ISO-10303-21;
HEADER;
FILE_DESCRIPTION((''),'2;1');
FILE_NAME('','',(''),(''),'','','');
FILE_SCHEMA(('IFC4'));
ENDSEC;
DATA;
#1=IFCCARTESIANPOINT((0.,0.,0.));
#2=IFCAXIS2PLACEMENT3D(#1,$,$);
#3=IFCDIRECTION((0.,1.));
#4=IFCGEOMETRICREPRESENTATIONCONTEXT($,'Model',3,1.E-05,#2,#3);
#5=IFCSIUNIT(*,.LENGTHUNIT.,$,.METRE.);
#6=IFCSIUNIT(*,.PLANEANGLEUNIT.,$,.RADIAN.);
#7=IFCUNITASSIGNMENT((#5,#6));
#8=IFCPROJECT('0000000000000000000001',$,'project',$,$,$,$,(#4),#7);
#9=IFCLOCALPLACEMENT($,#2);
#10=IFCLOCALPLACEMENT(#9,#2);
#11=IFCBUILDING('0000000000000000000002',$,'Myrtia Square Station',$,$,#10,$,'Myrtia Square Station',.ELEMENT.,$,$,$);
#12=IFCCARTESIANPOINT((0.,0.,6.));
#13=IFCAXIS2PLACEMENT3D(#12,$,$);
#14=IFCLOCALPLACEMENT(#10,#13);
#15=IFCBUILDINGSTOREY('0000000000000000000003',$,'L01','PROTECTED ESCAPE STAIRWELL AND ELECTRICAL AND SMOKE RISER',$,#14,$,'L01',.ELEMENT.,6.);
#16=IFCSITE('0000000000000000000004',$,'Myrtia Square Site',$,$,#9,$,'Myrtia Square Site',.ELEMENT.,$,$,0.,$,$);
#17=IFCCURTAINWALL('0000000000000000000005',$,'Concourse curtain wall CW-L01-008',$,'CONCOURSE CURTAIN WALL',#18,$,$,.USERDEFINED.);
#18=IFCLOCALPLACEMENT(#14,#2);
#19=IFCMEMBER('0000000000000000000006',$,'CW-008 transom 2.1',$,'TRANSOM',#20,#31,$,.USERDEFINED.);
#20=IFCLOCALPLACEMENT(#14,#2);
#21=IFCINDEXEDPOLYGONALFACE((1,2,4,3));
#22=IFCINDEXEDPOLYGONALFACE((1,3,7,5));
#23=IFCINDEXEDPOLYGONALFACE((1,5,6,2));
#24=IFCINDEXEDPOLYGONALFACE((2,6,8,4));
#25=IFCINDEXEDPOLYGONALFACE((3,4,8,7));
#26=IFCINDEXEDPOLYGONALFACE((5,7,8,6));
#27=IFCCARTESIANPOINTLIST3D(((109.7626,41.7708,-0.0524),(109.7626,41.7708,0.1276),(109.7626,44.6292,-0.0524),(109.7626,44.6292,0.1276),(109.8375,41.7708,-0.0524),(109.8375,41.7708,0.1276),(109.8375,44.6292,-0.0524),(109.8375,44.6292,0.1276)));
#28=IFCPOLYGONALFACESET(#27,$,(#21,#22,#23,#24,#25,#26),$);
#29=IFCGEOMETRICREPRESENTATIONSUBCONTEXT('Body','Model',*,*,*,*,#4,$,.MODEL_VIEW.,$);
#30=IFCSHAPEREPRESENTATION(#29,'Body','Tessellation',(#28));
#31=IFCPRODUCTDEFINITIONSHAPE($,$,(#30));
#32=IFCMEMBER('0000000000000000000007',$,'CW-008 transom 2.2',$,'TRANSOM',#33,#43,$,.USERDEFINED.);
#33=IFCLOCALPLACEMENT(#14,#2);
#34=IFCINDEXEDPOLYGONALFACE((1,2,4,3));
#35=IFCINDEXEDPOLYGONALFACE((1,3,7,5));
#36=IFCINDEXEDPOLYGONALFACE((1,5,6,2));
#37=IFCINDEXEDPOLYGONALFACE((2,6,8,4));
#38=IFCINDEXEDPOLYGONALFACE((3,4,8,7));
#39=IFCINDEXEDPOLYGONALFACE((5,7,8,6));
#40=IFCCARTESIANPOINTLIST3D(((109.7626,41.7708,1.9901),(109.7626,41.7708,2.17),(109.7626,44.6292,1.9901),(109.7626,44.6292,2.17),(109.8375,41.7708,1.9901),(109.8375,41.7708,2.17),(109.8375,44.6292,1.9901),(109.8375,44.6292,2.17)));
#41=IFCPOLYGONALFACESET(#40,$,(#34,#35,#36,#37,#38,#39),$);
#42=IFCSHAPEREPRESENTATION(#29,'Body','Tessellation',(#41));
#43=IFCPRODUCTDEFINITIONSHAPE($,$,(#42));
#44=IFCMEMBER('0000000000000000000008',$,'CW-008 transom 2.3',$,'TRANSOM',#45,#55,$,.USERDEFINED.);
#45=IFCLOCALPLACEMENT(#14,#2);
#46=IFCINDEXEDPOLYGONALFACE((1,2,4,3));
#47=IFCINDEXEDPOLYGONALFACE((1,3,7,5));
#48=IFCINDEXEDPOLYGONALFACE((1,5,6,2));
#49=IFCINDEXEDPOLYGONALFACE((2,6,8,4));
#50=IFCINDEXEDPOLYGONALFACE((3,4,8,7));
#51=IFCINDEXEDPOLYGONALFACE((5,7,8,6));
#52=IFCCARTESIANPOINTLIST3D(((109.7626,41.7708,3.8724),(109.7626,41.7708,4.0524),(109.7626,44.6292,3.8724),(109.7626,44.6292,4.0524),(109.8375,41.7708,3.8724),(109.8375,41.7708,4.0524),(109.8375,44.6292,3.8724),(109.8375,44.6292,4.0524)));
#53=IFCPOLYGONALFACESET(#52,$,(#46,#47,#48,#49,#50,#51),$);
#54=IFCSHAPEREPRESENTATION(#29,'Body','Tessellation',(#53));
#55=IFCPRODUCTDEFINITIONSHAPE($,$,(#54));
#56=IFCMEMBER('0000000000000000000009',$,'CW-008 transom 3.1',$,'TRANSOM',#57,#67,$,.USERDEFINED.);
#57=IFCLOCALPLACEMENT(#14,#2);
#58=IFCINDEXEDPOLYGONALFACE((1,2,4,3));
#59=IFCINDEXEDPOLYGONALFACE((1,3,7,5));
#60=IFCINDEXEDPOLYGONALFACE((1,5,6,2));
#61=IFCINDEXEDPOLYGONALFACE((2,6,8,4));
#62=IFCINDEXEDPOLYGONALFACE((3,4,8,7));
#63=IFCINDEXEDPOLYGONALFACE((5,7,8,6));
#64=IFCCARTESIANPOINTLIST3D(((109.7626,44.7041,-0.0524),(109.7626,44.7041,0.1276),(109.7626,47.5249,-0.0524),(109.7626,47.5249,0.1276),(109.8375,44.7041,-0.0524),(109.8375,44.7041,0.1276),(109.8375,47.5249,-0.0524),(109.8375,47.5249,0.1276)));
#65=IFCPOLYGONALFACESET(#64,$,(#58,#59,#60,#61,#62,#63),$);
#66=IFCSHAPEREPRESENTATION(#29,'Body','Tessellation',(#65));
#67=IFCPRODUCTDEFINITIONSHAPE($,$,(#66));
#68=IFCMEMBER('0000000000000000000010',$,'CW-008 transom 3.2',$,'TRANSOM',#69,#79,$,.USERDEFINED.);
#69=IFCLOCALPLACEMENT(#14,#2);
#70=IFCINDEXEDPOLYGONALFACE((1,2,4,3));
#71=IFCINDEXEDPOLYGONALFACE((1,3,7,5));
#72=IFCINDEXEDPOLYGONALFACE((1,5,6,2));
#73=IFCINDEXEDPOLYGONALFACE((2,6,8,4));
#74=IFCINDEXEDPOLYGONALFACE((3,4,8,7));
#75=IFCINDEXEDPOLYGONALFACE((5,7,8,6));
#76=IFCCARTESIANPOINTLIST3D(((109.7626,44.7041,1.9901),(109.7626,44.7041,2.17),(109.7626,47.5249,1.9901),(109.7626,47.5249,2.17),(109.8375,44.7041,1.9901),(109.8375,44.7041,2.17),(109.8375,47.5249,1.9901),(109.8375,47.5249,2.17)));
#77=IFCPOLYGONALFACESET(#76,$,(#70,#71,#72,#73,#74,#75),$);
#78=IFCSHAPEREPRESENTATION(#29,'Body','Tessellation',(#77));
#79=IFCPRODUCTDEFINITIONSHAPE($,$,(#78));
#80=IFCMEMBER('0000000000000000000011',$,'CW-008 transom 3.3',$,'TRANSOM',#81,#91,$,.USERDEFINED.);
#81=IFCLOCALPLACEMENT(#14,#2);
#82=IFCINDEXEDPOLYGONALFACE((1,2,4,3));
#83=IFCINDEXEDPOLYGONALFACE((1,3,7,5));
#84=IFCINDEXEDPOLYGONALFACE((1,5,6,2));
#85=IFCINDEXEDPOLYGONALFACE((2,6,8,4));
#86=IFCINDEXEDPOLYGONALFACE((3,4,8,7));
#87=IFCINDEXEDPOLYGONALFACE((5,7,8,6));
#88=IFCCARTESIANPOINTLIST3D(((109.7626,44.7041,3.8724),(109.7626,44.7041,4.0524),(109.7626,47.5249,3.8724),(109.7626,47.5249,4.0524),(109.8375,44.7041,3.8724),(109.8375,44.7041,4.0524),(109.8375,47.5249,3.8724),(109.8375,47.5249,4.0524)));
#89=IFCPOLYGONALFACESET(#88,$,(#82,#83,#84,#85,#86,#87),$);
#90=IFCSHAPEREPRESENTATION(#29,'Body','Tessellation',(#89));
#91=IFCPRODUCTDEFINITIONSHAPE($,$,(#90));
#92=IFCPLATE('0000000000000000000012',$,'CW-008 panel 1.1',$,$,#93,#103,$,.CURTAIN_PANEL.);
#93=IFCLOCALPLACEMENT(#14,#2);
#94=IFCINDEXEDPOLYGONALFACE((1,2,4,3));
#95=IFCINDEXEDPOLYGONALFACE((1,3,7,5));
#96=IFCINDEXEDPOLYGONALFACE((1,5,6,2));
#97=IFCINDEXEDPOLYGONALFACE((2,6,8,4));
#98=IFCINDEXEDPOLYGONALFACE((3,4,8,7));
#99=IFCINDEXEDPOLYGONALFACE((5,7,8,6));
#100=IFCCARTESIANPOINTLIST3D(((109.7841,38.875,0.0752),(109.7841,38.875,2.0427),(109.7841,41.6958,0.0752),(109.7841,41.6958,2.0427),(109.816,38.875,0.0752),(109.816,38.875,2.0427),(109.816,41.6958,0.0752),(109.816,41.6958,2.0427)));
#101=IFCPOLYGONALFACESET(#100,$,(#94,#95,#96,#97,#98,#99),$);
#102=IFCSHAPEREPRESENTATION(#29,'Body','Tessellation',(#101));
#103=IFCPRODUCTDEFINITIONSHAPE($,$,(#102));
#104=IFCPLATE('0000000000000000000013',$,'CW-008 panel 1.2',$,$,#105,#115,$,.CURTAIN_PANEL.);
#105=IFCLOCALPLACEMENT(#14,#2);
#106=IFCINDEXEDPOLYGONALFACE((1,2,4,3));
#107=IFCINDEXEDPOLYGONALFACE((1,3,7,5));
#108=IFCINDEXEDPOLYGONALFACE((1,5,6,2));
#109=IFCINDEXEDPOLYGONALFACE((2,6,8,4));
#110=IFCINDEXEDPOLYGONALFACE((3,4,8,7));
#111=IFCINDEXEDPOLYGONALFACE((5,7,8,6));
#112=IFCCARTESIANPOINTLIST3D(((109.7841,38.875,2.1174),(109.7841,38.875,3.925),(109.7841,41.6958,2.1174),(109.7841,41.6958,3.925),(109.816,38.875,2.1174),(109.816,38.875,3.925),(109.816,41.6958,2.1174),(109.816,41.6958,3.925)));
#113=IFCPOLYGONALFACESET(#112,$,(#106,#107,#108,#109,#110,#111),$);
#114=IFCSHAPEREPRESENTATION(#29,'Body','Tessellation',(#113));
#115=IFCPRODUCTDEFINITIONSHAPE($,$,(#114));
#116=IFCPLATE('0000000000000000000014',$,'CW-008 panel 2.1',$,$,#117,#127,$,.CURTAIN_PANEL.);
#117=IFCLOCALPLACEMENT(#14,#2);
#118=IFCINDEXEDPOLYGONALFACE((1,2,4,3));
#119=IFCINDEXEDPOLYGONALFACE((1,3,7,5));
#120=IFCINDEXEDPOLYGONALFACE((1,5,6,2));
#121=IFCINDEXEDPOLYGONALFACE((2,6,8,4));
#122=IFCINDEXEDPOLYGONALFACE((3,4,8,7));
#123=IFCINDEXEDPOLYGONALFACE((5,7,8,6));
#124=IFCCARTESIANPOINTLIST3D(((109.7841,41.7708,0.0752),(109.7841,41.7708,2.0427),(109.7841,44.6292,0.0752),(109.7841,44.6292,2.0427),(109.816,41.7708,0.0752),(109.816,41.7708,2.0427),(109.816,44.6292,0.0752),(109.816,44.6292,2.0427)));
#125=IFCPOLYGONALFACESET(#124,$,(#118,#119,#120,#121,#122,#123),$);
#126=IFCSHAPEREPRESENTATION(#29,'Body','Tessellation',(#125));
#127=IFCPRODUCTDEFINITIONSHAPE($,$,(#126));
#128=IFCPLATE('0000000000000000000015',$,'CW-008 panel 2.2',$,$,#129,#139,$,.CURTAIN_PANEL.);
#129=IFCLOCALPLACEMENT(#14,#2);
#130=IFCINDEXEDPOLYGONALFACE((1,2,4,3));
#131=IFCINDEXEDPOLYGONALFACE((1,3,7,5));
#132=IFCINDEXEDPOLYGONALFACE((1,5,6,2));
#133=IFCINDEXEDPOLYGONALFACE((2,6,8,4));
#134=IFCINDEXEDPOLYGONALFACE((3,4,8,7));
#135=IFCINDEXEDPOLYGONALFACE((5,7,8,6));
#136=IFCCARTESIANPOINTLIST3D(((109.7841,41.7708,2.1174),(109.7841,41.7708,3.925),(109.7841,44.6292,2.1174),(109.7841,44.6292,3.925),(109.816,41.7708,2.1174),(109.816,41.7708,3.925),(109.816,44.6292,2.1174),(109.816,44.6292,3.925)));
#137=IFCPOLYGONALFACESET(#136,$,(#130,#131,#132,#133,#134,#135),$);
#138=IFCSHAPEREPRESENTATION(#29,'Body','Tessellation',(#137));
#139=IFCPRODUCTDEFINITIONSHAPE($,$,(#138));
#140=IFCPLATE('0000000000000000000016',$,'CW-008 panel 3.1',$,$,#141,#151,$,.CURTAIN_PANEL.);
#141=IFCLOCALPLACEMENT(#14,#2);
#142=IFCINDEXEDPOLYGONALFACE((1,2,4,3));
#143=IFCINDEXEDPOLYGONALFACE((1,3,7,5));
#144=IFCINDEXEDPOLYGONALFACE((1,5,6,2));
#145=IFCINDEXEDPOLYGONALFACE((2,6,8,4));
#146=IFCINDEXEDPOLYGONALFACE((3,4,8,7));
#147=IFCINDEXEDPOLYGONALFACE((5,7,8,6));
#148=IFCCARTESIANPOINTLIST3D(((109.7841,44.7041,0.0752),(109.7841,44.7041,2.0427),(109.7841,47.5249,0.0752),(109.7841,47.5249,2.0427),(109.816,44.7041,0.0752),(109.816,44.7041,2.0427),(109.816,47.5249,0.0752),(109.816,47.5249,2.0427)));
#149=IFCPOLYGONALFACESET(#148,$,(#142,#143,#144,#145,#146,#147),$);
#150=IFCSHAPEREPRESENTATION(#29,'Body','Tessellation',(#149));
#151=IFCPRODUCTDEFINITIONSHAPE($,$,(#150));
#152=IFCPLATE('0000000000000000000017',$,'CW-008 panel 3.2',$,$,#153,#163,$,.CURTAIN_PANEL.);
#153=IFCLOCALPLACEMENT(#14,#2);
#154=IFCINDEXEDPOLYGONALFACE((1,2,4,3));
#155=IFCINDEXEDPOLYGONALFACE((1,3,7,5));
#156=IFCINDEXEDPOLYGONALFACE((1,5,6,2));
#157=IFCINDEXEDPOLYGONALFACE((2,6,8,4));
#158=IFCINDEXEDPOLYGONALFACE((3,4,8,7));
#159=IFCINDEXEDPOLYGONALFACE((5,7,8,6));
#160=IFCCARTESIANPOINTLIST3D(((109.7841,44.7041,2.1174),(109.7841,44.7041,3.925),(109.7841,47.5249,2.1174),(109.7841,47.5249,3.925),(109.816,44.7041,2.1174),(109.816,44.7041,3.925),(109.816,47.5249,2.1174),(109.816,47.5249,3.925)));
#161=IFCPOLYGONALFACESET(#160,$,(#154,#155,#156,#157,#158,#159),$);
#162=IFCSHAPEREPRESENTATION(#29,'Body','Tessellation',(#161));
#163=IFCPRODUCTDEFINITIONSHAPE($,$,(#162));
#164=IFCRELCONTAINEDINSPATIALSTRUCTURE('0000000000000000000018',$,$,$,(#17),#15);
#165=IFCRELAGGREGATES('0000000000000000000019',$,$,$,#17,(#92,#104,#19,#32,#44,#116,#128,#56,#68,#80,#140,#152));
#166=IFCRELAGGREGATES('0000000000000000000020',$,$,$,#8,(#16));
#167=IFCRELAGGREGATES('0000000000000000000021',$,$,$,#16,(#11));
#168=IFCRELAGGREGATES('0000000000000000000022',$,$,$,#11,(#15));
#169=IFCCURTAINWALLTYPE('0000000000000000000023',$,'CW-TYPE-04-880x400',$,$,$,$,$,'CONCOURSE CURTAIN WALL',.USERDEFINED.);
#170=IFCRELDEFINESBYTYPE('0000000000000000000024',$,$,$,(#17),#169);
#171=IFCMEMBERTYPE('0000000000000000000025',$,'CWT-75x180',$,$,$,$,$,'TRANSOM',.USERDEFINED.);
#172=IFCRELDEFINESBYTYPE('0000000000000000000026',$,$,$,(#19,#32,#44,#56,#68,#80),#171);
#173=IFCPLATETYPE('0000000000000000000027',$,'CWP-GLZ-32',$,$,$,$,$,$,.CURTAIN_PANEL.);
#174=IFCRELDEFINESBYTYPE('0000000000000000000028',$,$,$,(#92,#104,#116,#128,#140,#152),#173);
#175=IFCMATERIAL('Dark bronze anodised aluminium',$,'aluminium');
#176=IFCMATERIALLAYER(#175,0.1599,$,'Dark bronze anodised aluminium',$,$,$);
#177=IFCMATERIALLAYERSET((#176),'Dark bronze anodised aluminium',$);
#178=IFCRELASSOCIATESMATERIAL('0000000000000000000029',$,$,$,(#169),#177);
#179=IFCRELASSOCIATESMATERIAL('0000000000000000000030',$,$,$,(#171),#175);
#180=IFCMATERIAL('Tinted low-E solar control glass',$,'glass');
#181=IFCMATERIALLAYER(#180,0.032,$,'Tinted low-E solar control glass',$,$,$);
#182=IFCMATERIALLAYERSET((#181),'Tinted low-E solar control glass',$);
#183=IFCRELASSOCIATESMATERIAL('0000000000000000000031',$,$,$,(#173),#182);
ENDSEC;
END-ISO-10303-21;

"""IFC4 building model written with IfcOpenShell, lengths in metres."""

from ifc_helpers import new_model, si_unit, direction, frame, origin, origin_2d, place, context, subcontext, project, spatial, rectangle, extrude, material, layer, layer_set, material_profile, profile_set, type_object, element, aggregate, save


model = new_model("IFC4")

# Units and contexts
model_context = context("Model", 3, precision=1e-05, world=origin(), true_north=direction((0.0, 1.0)))
body_context = subcontext(model_context, "Body", "Model", "MODEL_VIEW")
ifc_project = project(units=[si_unit("LENGTHUNIT", "METRE"), si_unit("PLANEANGLEUNIT", "RADIAN")], contexts=[model_context])

# Site, building, storey
site_placement = place(None, origin())
site = spatial("IfcSite", under=ifc_project, at=site_placement, Name="Myrtia Square Site", LongName="Myrtia Square Site", CompositionType="ELEMENT", RefElevation=0.0)
building_placement = place(site_placement, origin())
building = spatial("IfcBuilding", under=site, at=building_placement, Name="Myrtia Square Station", LongName="Myrtia Square Station", CompositionType="ELEMENT")
storey_placement = place(building_placement, frame((0.0, 0.0, 6.0)))
storey = spatial("IfcBuildingStorey", under=building, at=storey_placement, Name="L01", Description="PROTECTED ESCAPE STAIRWELL AND ELECTRICAL AND SMOKE RISER", LongName="L01", CompositionType="ELEMENT", Elevation=6.0)

# Curtain wall, members, plates
ifc_material_1 = material(Name="Dark bronze anodised aluminium", Category="aluminium")
ifc_layer_1 = layer(ifc_material_1, 0.1599, Name="Dark bronze anodised aluminium")
ifc_layer_set_1 = layer_set([ifc_layer_1], Name="Dark bronze anodised aluminium")
curtain_wall_type = type_object("IfcCurtainWallType", Name="CW-TYPE-04-880x400", ElementType="CONCOURSE CURTAIN WALL", PredefinedType="USERDEFINED", material=ifc_layer_set_1)
curtain_wall_placement = place(storey_placement, origin())
curtain_wall = element("IfcCurtainWall", 1, at=curtain_wall_placement, inside=storey, type_object=curtain_wall_type, Name="Concourse curtain wall CW-L01-008", ObjectType="CONCOURSE CURTAIN WALL", PredefinedType="USERDEFINED")
ifc_material_profile_1 = material_profile(ifc_material_1, rectangle(XDim=0.075, YDim=0.1799, at=origin_2d()), Name="ALU-T 75x180")
ifc_profile_set_1 = profile_set([ifc_material_profile_1], Name="Dark bronze anodised aluminium")
member_type_1 = type_object("IfcMemberType", Name="CWT-75x180", ElementType="TRANSOM", PredefinedType="USERDEFINED", material=ifc_profile_set_1)
member_1_placement = place(storey_placement, frame((109.8, 41.7708, 0.0376), z_axis=(0.0, 1.0, 0.0), x_axis=(-1.0, 0.0, 0.0)))
member_1 = element("IfcMember", 2, at=member_1_placement, type_object=member_type_1, Name="CW-008 transom 2.1", ObjectType="TRANSOM", PredefinedType="USERDEFINED", context=body_context, shape_type="SweptSolid", body=[
    extrude(rectangle(XDim=0.075, YDim=0.1799, at=origin_2d()), origin(), (0.0, 0.0, 1.0), 2.8584),
])
member_2_placement = place(storey_placement, frame((109.8, 41.7708, 2.0801), z_axis=(0.0, 1.0, 0.0), x_axis=(-1.0, 0.0, 0.0)))
member_2 = element("IfcMember", 3, at=member_2_placement, type_object=member_type_1, Name="CW-008 transom 2.2", ObjectType="TRANSOM", PredefinedType="USERDEFINED", context=body_context, shape_type="SweptSolid", body=[
    extrude(rectangle(XDim=0.075, YDim=0.1799, at=origin_2d()), origin(), (0.0, 0.0, 1.0), 2.8584),
])
member_3_placement = place(storey_placement, frame((109.8, 41.7708, 3.9624), z_axis=(0.0, 1.0, 0.0), x_axis=(-1.0, 0.0, 0.0)))
member_3 = element("IfcMember", 4, at=member_3_placement, type_object=member_type_1, Name="CW-008 transom 2.3", ObjectType="TRANSOM", PredefinedType="USERDEFINED", context=body_context, shape_type="SweptSolid", body=[
    extrude(rectangle(XDim=0.075, YDim=0.1799, at=origin_2d()), origin(), (0.0, 0.0, 1.0), 2.8584),
])
member_4_placement = place(storey_placement, frame((109.8, 44.7041, 0.0376), z_axis=(0.0, 1.0, 0.0), x_axis=(-1.0, 0.0, 0.0)))
member_4 = element("IfcMember", 5, at=member_4_placement, type_object=member_type_1, Name="CW-008 transom 3.1", ObjectType="TRANSOM", PredefinedType="USERDEFINED", context=body_context, shape_type="SweptSolid", body=[
    extrude(rectangle(XDim=0.075, YDim=0.1799, at=origin_2d()), origin(), (0.0, 0.0, 1.0), 2.8208),
])
member_5_placement = place(storey_placement, frame((109.8, 44.7041, 2.0801), z_axis=(0.0, 1.0, 0.0), x_axis=(-1.0, 0.0, 0.0)))
member_5 = element("IfcMember", 6, at=member_5_placement, type_object=member_type_1, Name="CW-008 transom 3.2", ObjectType="TRANSOM", PredefinedType="USERDEFINED", context=body_context, shape_type="SweptSolid", body=[
    extrude(rectangle(XDim=0.075, YDim=0.1799, at=origin_2d()), origin(), (0.0, 0.0, 1.0), 2.8208),
])
member_6_placement = place(storey_placement, frame((109.8, 44.7041, 3.9624), z_axis=(0.0, 1.0, 0.0), x_axis=(-1.0, 0.0, 0.0)))
member_6 = element("IfcMember", 7, at=member_6_placement, type_object=member_type_1, Name="CW-008 transom 3.3", ObjectType="TRANSOM", PredefinedType="USERDEFINED", context=body_context, shape_type="SweptSolid", body=[
    extrude(rectangle(XDim=0.075, YDim=0.1799, at=origin_2d()), origin(), (0.0, 0.0, 1.0), 2.8208),
])
ifc_material_2 = material(Name="Tinted low-E solar control glass", Category="glass")
ifc_layer_2 = layer(ifc_material_2, 0.032, Name="Tinted low-E solar control glass")
ifc_layer_set_2 = layer_set([ifc_layer_2], Name="Tinted low-E solar control glass")
plate_type = type_object("IfcPlateType", Name="CWP-GLZ-32", PredefinedType="CURTAIN_PANEL", material=ifc_layer_set_2)
plate_1_placement = place(storey_placement, frame((109.8, 40.2854, 0.0752), z_axis=(0.0, 0.0, 1.0), x_axis=(0.0, 1.0, 0.0)))
plate_1 = element("IfcPlate", 8, at=plate_1_placement, type_object=plate_type, Name="CW-008 panel 1.1", PredefinedType="CURTAIN_PANEL", context=body_context, shape_type="SweptSolid", body=[
    extrude(rectangle(XDim=2.8208, YDim=0.032, at=origin_2d()), origin(), (0.0, 0.0, 1.0), 1.9675),
])
plate_2_placement = place(storey_placement, frame((109.8, 40.2854, 2.1174), z_axis=(0.0, 0.0, 1.0), x_axis=(0.0, 1.0, 0.0)))
plate_2 = element("IfcPlate", 9, at=plate_2_placement, type_object=plate_type, Name="CW-008 panel 1.2", PredefinedType="CURTAIN_PANEL", context=body_context, shape_type="SweptSolid", body=[
    extrude(rectangle(XDim=2.8208, YDim=0.032, at=origin_2d()), origin(), (0.0, 0.0, 1.0), 1.8076),
])
plate_3_placement = place(storey_placement, frame((109.8, 43.2, 0.0752), z_axis=(0.0, 0.0, 1.0), x_axis=(0.0, 1.0, 0.0)))
plate_3 = element("IfcPlate", 10, at=plate_3_placement, type_object=plate_type, Name="CW-008 panel 2.1", PredefinedType="CURTAIN_PANEL", context=body_context, shape_type="SweptSolid", body=[
    extrude(rectangle(XDim=2.8584, YDim=0.032, at=origin_2d()), origin(), (0.0, 0.0, 1.0), 1.9675),
])
plate_4_placement = place(storey_placement, frame((109.8, 43.2, 2.1174), z_axis=(0.0, 0.0, 1.0), x_axis=(0.0, 1.0, 0.0)))
plate_4 = element("IfcPlate", 11, at=plate_4_placement, type_object=plate_type, Name="CW-008 panel 2.2", PredefinedType="CURTAIN_PANEL", context=body_context, shape_type="SweptSolid", body=[
    extrude(rectangle(XDim=2.8584, YDim=0.032, at=origin_2d()), origin(), (0.0, 0.0, 1.0), 1.8076),
])
plate_5_placement = place(storey_placement, frame((109.8, 46.1145, 0.0752), z_axis=(0.0, 0.0, 1.0), x_axis=(0.0, 1.0, 0.0)))
plate_5 = element("IfcPlate", 12, at=plate_5_placement, type_object=plate_type, Name="CW-008 panel 3.1", PredefinedType="CURTAIN_PANEL", context=body_context, shape_type="SweptSolid", body=[
    extrude(rectangle(XDim=2.8208, YDim=0.032, at=origin_2d()), origin(), (0.0, 0.0, 1.0), 1.9675),
])
plate_6_placement = place(storey_placement, frame((109.8, 46.1145, 2.1174), z_axis=(0.0, 0.0, 1.0), x_axis=(0.0, 1.0, 0.0)))
plate_6 = element("IfcPlate", 13, at=plate_6_placement, type_object=plate_type, Name="CW-008 panel 3.2", PredefinedType="CURTAIN_PANEL", context=body_context, shape_type="SweptSolid", body=[
    extrude(rectangle(XDim=2.8208, YDim=0.032, at=origin_2d()), origin(), (0.0, 0.0, 1.0), 1.8076),
])
aggregate(curtain_wall, [plate_1, plate_2, member_1, member_2, member_3, plate_3, plate_4, member_4, member_5, member_6, plate_5, plate_6])

save(model, "model.ifc")
